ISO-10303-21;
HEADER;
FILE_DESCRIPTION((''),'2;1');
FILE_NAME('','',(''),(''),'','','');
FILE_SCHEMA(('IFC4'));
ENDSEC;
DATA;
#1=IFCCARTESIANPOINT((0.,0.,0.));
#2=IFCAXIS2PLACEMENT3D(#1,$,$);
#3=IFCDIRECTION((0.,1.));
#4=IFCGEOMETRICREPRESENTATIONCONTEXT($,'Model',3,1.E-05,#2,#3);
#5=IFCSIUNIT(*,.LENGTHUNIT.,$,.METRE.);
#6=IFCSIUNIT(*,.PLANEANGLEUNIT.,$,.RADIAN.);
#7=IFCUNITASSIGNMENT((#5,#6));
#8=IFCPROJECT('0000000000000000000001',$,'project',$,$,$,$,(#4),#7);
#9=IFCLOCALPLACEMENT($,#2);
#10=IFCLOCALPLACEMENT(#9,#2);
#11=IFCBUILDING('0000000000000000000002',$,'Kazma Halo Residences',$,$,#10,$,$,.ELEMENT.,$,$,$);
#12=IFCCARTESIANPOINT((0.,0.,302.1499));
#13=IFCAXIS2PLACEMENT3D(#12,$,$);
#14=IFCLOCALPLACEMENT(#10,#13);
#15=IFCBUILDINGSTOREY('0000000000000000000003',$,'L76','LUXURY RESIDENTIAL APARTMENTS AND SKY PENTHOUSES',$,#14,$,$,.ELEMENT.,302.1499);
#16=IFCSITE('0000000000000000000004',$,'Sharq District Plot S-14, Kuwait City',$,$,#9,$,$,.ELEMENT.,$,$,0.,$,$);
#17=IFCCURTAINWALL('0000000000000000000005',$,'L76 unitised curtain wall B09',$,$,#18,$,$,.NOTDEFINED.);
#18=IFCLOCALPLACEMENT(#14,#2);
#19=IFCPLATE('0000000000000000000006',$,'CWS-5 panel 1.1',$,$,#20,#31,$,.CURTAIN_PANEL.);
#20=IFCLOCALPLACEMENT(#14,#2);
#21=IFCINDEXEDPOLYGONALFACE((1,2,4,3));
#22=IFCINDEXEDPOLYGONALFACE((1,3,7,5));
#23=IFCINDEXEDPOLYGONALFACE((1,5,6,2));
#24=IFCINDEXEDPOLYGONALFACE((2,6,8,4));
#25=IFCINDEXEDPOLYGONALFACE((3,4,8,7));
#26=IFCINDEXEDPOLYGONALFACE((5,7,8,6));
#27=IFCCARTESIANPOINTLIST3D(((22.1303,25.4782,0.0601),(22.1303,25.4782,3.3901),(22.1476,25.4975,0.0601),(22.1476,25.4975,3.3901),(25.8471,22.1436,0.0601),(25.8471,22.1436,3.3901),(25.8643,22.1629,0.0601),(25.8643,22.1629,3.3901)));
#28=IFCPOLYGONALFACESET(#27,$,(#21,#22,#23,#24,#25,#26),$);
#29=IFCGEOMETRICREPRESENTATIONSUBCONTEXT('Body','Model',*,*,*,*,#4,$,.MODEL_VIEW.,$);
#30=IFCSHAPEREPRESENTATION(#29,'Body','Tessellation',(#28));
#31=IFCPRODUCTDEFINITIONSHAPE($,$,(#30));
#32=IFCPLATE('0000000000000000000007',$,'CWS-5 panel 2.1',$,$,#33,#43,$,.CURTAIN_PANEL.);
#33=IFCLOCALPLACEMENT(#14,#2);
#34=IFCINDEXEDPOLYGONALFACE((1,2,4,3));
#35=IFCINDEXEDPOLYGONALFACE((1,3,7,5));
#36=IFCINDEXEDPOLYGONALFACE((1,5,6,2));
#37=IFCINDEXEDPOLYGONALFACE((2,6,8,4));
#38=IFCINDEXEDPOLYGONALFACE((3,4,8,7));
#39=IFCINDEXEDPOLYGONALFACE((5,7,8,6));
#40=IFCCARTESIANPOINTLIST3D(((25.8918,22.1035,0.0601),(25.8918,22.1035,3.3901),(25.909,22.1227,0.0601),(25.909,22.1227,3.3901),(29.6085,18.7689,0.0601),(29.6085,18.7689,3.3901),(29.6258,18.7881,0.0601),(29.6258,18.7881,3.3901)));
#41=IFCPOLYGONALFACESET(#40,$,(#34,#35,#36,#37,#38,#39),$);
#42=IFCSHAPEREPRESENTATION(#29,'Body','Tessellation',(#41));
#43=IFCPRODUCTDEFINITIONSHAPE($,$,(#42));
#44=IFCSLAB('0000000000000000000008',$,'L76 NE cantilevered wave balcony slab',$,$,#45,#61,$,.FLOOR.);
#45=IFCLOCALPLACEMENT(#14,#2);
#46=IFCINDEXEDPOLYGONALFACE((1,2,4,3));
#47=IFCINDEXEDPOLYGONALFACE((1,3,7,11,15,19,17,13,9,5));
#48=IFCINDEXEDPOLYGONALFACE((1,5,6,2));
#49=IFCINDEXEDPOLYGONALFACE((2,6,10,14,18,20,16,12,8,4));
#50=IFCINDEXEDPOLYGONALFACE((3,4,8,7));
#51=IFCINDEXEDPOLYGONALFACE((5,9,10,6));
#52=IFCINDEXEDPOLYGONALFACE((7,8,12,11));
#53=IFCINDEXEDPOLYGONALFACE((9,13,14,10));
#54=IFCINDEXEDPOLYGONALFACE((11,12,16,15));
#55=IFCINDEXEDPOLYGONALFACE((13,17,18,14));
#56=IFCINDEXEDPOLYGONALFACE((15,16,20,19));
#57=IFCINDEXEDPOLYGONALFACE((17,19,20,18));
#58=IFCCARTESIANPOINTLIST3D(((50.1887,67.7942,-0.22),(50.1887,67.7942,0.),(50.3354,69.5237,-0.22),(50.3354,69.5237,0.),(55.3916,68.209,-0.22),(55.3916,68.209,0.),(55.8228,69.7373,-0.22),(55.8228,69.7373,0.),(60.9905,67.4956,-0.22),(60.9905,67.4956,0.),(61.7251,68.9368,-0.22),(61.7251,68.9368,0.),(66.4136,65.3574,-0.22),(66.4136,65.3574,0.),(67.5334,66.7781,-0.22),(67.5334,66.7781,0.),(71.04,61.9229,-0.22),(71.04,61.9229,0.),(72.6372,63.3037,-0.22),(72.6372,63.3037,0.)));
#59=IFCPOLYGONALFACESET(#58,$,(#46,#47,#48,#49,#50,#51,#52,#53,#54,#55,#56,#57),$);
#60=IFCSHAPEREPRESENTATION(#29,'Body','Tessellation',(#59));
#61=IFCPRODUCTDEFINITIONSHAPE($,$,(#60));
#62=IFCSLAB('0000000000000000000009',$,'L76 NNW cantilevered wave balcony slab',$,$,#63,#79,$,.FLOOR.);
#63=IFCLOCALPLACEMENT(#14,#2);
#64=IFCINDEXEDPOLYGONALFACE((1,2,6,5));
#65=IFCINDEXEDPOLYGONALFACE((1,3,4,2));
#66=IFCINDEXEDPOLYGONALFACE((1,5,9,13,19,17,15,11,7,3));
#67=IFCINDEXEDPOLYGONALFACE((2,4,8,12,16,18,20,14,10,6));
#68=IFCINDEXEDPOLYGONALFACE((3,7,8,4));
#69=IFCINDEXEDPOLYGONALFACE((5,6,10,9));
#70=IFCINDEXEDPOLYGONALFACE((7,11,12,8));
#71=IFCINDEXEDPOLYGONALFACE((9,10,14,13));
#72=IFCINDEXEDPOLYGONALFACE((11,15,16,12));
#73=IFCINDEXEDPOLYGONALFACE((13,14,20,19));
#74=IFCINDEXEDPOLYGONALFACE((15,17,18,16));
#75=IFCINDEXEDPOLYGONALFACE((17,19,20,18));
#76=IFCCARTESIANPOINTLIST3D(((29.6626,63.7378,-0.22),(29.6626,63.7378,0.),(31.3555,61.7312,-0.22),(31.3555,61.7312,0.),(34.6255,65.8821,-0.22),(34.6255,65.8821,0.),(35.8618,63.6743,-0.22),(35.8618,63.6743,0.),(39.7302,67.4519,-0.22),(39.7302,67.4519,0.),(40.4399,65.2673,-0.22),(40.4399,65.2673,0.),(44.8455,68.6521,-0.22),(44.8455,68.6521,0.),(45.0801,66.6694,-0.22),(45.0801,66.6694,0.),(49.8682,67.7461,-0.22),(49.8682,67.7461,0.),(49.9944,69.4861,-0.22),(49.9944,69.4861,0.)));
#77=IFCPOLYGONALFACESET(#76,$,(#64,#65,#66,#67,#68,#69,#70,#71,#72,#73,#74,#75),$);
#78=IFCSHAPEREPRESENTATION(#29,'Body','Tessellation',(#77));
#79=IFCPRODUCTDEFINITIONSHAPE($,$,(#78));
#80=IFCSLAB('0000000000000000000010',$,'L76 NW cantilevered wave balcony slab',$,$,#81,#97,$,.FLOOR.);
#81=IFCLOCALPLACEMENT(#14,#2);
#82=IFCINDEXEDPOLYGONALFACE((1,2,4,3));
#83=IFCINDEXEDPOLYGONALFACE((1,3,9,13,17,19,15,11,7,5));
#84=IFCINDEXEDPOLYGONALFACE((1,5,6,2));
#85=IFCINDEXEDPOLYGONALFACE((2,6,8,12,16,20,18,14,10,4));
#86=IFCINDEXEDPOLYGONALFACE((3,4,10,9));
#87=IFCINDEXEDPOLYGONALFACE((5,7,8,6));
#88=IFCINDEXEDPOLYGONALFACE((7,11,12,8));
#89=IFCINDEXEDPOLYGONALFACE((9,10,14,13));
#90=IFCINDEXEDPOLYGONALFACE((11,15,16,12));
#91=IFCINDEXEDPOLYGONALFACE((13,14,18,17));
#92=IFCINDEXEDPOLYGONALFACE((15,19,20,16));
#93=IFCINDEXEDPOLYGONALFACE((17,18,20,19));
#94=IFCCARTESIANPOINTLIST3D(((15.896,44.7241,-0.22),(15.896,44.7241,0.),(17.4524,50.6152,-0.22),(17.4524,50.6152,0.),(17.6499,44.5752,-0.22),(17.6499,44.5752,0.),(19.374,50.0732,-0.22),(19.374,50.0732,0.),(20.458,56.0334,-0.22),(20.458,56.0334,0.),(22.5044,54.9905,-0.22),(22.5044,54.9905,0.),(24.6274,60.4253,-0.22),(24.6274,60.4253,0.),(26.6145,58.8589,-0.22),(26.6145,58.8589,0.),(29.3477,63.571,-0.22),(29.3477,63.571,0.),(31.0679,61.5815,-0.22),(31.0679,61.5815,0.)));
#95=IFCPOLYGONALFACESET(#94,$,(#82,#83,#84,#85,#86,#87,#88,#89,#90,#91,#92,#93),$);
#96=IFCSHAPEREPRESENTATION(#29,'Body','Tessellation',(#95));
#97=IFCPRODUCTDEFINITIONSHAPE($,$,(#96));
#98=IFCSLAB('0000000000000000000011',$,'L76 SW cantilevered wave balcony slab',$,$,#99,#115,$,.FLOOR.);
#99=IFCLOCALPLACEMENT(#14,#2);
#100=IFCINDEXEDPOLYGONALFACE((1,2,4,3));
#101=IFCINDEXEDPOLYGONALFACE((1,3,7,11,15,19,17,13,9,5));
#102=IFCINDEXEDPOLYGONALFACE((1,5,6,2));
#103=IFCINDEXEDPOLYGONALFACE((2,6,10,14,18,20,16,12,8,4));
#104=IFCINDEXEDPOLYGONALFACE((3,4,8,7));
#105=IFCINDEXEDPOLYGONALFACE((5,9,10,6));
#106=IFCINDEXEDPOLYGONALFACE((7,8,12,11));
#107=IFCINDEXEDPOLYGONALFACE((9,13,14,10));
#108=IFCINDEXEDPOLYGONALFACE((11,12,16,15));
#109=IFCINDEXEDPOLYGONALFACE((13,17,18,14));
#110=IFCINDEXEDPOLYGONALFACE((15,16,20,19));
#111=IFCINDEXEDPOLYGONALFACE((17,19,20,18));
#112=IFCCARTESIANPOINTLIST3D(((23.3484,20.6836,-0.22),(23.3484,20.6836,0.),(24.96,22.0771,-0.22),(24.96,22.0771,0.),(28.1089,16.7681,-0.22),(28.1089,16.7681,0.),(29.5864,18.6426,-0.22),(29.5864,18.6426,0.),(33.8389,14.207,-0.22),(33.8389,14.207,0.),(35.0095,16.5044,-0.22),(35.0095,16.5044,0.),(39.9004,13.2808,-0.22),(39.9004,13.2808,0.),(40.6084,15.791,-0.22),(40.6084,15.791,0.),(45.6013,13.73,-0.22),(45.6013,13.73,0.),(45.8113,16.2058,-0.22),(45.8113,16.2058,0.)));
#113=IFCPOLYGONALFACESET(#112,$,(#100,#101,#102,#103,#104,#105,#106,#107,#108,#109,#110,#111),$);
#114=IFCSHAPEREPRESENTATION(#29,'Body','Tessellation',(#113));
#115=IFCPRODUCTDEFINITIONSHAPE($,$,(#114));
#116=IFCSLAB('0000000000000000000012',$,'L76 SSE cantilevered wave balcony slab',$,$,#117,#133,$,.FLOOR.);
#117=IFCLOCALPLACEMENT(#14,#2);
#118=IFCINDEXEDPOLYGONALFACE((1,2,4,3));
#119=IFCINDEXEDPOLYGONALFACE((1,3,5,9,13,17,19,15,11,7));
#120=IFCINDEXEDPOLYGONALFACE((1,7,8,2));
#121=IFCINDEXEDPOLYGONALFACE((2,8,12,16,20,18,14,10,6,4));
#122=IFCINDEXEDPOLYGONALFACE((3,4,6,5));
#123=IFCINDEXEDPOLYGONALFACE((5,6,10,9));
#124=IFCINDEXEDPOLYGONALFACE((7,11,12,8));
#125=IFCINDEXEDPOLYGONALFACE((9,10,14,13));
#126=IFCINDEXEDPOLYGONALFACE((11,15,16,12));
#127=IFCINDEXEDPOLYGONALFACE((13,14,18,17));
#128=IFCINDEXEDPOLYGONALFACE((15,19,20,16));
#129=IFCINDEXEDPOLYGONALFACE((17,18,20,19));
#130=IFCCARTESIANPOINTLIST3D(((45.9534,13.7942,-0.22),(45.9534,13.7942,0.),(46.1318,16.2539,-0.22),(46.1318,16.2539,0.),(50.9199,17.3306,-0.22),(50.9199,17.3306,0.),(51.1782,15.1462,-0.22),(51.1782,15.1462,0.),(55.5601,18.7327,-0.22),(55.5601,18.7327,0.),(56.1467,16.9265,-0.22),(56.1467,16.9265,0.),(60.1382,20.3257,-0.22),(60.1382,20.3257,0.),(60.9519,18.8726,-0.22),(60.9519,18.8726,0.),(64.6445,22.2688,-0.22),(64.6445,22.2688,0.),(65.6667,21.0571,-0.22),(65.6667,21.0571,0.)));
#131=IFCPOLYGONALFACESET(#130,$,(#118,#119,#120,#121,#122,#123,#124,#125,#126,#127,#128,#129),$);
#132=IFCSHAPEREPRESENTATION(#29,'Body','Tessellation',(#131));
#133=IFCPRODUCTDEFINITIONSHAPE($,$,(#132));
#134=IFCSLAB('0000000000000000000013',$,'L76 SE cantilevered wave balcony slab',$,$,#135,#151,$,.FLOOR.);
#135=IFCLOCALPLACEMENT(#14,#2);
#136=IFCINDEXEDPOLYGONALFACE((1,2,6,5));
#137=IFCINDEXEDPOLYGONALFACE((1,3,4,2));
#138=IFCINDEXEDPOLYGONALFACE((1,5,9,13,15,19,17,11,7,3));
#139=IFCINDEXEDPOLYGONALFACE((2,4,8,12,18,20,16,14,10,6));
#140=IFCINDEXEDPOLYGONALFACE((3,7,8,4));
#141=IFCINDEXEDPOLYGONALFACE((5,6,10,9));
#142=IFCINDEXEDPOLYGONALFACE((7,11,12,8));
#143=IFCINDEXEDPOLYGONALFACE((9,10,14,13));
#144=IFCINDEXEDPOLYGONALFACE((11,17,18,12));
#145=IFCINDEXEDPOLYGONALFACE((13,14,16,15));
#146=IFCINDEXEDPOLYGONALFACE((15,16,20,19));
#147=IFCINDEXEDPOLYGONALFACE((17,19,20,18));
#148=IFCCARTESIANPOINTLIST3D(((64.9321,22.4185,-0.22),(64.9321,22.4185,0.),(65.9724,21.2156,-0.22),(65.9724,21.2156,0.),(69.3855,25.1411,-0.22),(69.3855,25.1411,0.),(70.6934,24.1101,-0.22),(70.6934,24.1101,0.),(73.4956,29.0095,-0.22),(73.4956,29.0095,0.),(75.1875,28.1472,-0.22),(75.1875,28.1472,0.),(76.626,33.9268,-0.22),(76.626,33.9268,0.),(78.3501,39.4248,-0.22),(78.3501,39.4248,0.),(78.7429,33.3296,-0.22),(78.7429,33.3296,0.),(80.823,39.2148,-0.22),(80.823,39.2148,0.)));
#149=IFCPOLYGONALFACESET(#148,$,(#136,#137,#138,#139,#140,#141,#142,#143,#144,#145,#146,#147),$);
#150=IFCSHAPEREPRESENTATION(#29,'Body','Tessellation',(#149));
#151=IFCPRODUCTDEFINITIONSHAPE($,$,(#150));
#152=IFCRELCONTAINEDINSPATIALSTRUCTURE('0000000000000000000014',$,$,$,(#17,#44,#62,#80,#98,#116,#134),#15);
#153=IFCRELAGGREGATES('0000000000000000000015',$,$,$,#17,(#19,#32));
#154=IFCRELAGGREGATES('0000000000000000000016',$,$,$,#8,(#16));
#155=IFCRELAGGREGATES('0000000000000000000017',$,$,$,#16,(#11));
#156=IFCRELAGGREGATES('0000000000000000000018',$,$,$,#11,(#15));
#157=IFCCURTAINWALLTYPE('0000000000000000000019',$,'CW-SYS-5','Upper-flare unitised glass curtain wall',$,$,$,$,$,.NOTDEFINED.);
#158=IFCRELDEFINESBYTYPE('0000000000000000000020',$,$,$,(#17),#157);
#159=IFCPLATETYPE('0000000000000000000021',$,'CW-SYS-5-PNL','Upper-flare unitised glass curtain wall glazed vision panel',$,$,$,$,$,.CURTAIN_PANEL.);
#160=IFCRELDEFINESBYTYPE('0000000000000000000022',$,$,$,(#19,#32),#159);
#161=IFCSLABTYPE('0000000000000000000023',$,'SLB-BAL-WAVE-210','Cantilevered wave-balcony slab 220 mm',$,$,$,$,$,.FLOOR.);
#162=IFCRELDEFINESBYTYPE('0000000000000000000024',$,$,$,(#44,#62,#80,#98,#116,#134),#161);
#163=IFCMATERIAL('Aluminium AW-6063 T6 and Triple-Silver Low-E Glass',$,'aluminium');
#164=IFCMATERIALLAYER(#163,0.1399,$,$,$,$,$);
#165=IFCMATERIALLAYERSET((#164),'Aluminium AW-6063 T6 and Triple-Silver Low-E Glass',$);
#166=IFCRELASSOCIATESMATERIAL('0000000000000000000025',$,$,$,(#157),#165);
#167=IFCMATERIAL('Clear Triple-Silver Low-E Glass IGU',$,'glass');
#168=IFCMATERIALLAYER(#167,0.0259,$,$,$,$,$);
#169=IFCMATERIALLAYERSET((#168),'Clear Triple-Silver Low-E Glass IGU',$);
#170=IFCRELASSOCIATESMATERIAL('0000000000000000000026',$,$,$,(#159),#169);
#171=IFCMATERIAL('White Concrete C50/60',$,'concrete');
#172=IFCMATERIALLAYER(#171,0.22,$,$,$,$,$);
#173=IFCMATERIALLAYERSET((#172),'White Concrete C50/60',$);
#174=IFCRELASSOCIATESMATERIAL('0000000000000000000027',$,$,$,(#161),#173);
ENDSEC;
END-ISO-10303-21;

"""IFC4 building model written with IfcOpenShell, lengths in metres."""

from ifc_helpers import new_model, si_unit, direction, frame, origin, origin_2d, place, context, subcontext, project, spatial, polyline, rectangle, outline, extrude, material, layer, layer_set, type_object, element, aggregate, save


model = new_model("IFC4")

# Units and contexts
model_context = context("Model", 3, precision=1e-05, world=origin(), true_north=direction((0.0, 1.0)))
body_context = subcontext(model_context, "Body", "Model", "MODEL_VIEW")
ifc_project = project(units=[si_unit("LENGTHUNIT", "METRE"), si_unit("PLANEANGLEUNIT", "RADIAN")], contexts=[model_context])

# Site, building, storey
site_placement = place(None, origin())
site = spatial("IfcSite", under=ifc_project, at=site_placement, Name="Sharq District Plot S-14, Kuwait City", CompositionType="ELEMENT", RefElevation=0.0)
building_placement = place(site_placement, origin())
building = spatial("IfcBuilding", under=site, at=building_placement, Name="Kazma Halo Residences", CompositionType="ELEMENT")
storey_placement = place(building_placement, frame((0.0, 0.0, 302.1499)))
storey = spatial("IfcBuildingStorey", under=building, at=storey_placement, Name="L76", Description="LUXURY RESIDENTIAL APARTMENTS AND SKY PENTHOUSES", CompositionType="ELEMENT", Elevation=302.1499)

# Curtain wall, plates
ifc_material_1 = material(Name="Aluminium AW-6063 T6 and Triple-Silver Low-E Glass", Category="aluminium")
ifc_layer_1 = layer(ifc_material_1, 0.1399)
ifc_layer_set_1 = layer_set([ifc_layer_1], Name="Aluminium AW-6063 T6 and Triple-Silver Low-E Glass")
curtain_wall_type = type_object("IfcCurtainWallType", Name="CW-SYS-5", Description="Upper-flare unitised glass curtain wall", PredefinedType="NOTDEFINED", material=ifc_layer_set_1)
curtain_wall_placement = place(storey_placement, origin())
curtain_wall = element("IfcCurtainWall", 1, at=curtain_wall_placement, inside=storey, type_object=curtain_wall_type, Name="L76 unitised curtain wall B09", PredefinedType="NOTDEFINED")
ifc_material_2 = material(Name="Clear Triple-Silver Low-E Glass IGU", Category="glass")
ifc_layer_2 = layer(ifc_material_2, 0.0259)
ifc_layer_set_2 = layer_set([ifc_layer_2], Name="Clear Triple-Silver Low-E Glass IGU")
plate_type = type_object("IfcPlateType", Name="CW-SYS-5-PNL", Description="Upper-flare unitised glass curtain wall glazed vision panel", PredefinedType="CURTAIN_PANEL", material=ifc_layer_set_2)
plate_1_placement = place(storey_placement, frame((23.9973, 23.8206, 0.0601), z_axis=(0.0, 0.0, 1.0), x_axis=(0.744336, -0.667805, 0.0)))
plate_1 = element("IfcPlate", 2, at=plate_1_placement, type_object=plate_type, Name="CWS-5 panel 1.1", PredefinedType="CURTAIN_PANEL", context=body_context, shape_type="SweptSolid", body=[
    extrude(rectangle(XDim=4.9934, YDim=0.0259, at=origin_2d()), origin(), (0.0, 0.0, 1.0), 3.3301),
])
plate_2_placement = place(storey_placement, frame((27.7588, 20.4458, 0.0601), z_axis=(0.0, 0.0, 1.0), x_axis=(0.744336, -0.667805, 0.0)))
plate_2 = element("IfcPlate", 3, at=plate_2_placement, type_object=plate_type, Name="CWS-5 panel 2.1", PredefinedType="CURTAIN_PANEL", context=body_context, shape_type="SweptSolid", body=[
    extrude(rectangle(XDim=4.9934, YDim=0.0259, at=origin_2d()), origin(), (0.0, 0.0, 1.0), 3.3301),
])
aggregate(curtain_wall, [plate_1, plate_2])

# Slabs
ifc_material_3 = material(Name="White Concrete C50/60", Category="concrete")
ifc_layer_3 = layer(ifc_material_3, 0.22)
ifc_layer_set_3 = layer_set([ifc_layer_3], Name="White Concrete C50/60")
slab_type_1 = type_object("IfcSlabType", Name="SLB-BAL-WAVE-210", Description="Cantilevered wave-balcony slab 220 mm", PredefinedType="FLOOR", material=ifc_layer_set_3)
slab_1_placement = place(storey_placement, frame((0.0, 0.0, -0.22)))
element("IfcSlab", 4, at=slab_1_placement, inside=storey, type_object=slab_type_1, Name="L76 NE cantilevered wave balcony slab", PredefinedType="FLOOR", context=body_context, shape_type="SweptSolid", body=[
    extrude(outline(polyline([(71.04, 61.9229), (66.4136, 65.3574), (60.9905, 67.4956), (55.3916, 68.209), (50.1887, 67.7942), (50.3354, 69.5237), (55.8228, 69.7373), (61.7251, 68.9368), (67.5334, 66.7781), (72.6372, 63.3037), (71.04, 61.9229)])), origin(), (0.0, 0.0, 1.0), 0.22),
])
slab_2_placement = place(storey_placement, frame((0.0, 0.0, -0.22)))
element("IfcSlab", 5, at=slab_2_placement, inside=storey, type_object=slab_type_1, Name="L76 NNW cantilevered wave balcony slab", PredefinedType="FLOOR", context=body_context, shape_type="SweptSolid", body=[
    extrude(outline(polyline([(49.8682, 67.7461), (45.0801, 66.6694), (40.4399, 65.2673), (35.8618, 63.6743), (31.3555, 61.7312), (29.6626, 63.7378), (34.6255, 65.8821), (39.7302, 67.4519), (44.8455, 68.6521), (49.9944, 69.4861), (49.8682, 67.7461)])), origin(), (0.0, 0.0, 1.0), 0.22),
])
slab_3_placement = place(storey_placement, frame((0.0, 0.0, -0.22)))
element("IfcSlab", 6, at=slab_3_placement, inside=storey, type_object=slab_type_1, Name="L76 NW cantilevered wave balcony slab", PredefinedType="FLOOR", context=body_context, shape_type="SweptSolid", body=[
    extrude(outline(polyline([(31.0679, 61.5815), (26.6145, 58.8589), (22.5044, 54.9905), (19.374, 50.0732), (17.6499, 44.5752), (15.896, 44.7241), (17.4524, 50.6152), (20.458, 56.0334), (24.6274, 60.4253), (29.3477, 63.571), (31.0679, 61.5815)])), origin(), (0.0, 0.0, 1.0), 0.22),
])
slab_4_placement = place(storey_placement, frame((0.0, 0.0, -0.22)))
element("IfcSlab", 7, at=slab_4_placement, inside=storey, type_object=slab_type_1, Name="L76 SW cantilevered wave balcony slab", PredefinedType="FLOOR", context=body_context, shape_type="SweptSolid", body=[
    extrude(outline(polyline([(24.96, 22.0771), (29.5864, 18.6426), (35.0095, 16.5044), (40.6084, 15.791), (45.8113, 16.2058), (45.6013, 13.73), (39.9004, 13.2808), (33.8389, 14.207), (28.1089, 16.7681), (23.3484, 20.6836), (24.96, 22.0771)])), origin(), (0.0, 0.0, 1.0), 0.22),
])
slab_5_placement = place(storey_placement, frame((0.0, 0.0, -0.22)))
element("IfcSlab", 8, at=slab_5_placement, inside=storey, type_object=slab_type_1, Name="L76 SSE cantilevered wave balcony slab", PredefinedType="FLOOR", context=body_context, shape_type="SweptSolid", body=[
    extrude(outline(polyline([(46.1318, 16.2539), (50.9199, 17.3306), (55.5601, 18.7327), (60.1382, 20.3257), (64.6445, 22.2688), (65.6667, 21.0571), (60.9519, 18.8726), (56.1467, 16.9265), (51.1782, 15.1462), (45.9534, 13.7942), (46.1318, 16.2539)])), origin(), (0.0, 0.0, 1.0), 0.22),
])
slab_6_placement = place(storey_placement, frame((0.0, 0.0, -0.22)))
element("IfcSlab", 9, at=slab_6_placement, inside=storey, type_object=slab_type_1, Name="L76 SE cantilevered wave balcony slab", PredefinedType="FLOOR", context=body_context, shape_type="SweptSolid", body=[
    extrude(outline(polyline([(64.9321, 22.4185), (69.3855, 25.1411), (73.4956, 29.0095), (76.626, 33.9268), (78.3501, 39.4248), (80.823, 39.2148), (78.7429, 33.3296), (75.1875, 28.1472), (70.6934, 24.1101), (65.9724, 21.2156), (64.9321, 22.4185)])), origin(), (0.0, 0.0, 1.0), 0.22),
])

save(model, "model.ifc")
